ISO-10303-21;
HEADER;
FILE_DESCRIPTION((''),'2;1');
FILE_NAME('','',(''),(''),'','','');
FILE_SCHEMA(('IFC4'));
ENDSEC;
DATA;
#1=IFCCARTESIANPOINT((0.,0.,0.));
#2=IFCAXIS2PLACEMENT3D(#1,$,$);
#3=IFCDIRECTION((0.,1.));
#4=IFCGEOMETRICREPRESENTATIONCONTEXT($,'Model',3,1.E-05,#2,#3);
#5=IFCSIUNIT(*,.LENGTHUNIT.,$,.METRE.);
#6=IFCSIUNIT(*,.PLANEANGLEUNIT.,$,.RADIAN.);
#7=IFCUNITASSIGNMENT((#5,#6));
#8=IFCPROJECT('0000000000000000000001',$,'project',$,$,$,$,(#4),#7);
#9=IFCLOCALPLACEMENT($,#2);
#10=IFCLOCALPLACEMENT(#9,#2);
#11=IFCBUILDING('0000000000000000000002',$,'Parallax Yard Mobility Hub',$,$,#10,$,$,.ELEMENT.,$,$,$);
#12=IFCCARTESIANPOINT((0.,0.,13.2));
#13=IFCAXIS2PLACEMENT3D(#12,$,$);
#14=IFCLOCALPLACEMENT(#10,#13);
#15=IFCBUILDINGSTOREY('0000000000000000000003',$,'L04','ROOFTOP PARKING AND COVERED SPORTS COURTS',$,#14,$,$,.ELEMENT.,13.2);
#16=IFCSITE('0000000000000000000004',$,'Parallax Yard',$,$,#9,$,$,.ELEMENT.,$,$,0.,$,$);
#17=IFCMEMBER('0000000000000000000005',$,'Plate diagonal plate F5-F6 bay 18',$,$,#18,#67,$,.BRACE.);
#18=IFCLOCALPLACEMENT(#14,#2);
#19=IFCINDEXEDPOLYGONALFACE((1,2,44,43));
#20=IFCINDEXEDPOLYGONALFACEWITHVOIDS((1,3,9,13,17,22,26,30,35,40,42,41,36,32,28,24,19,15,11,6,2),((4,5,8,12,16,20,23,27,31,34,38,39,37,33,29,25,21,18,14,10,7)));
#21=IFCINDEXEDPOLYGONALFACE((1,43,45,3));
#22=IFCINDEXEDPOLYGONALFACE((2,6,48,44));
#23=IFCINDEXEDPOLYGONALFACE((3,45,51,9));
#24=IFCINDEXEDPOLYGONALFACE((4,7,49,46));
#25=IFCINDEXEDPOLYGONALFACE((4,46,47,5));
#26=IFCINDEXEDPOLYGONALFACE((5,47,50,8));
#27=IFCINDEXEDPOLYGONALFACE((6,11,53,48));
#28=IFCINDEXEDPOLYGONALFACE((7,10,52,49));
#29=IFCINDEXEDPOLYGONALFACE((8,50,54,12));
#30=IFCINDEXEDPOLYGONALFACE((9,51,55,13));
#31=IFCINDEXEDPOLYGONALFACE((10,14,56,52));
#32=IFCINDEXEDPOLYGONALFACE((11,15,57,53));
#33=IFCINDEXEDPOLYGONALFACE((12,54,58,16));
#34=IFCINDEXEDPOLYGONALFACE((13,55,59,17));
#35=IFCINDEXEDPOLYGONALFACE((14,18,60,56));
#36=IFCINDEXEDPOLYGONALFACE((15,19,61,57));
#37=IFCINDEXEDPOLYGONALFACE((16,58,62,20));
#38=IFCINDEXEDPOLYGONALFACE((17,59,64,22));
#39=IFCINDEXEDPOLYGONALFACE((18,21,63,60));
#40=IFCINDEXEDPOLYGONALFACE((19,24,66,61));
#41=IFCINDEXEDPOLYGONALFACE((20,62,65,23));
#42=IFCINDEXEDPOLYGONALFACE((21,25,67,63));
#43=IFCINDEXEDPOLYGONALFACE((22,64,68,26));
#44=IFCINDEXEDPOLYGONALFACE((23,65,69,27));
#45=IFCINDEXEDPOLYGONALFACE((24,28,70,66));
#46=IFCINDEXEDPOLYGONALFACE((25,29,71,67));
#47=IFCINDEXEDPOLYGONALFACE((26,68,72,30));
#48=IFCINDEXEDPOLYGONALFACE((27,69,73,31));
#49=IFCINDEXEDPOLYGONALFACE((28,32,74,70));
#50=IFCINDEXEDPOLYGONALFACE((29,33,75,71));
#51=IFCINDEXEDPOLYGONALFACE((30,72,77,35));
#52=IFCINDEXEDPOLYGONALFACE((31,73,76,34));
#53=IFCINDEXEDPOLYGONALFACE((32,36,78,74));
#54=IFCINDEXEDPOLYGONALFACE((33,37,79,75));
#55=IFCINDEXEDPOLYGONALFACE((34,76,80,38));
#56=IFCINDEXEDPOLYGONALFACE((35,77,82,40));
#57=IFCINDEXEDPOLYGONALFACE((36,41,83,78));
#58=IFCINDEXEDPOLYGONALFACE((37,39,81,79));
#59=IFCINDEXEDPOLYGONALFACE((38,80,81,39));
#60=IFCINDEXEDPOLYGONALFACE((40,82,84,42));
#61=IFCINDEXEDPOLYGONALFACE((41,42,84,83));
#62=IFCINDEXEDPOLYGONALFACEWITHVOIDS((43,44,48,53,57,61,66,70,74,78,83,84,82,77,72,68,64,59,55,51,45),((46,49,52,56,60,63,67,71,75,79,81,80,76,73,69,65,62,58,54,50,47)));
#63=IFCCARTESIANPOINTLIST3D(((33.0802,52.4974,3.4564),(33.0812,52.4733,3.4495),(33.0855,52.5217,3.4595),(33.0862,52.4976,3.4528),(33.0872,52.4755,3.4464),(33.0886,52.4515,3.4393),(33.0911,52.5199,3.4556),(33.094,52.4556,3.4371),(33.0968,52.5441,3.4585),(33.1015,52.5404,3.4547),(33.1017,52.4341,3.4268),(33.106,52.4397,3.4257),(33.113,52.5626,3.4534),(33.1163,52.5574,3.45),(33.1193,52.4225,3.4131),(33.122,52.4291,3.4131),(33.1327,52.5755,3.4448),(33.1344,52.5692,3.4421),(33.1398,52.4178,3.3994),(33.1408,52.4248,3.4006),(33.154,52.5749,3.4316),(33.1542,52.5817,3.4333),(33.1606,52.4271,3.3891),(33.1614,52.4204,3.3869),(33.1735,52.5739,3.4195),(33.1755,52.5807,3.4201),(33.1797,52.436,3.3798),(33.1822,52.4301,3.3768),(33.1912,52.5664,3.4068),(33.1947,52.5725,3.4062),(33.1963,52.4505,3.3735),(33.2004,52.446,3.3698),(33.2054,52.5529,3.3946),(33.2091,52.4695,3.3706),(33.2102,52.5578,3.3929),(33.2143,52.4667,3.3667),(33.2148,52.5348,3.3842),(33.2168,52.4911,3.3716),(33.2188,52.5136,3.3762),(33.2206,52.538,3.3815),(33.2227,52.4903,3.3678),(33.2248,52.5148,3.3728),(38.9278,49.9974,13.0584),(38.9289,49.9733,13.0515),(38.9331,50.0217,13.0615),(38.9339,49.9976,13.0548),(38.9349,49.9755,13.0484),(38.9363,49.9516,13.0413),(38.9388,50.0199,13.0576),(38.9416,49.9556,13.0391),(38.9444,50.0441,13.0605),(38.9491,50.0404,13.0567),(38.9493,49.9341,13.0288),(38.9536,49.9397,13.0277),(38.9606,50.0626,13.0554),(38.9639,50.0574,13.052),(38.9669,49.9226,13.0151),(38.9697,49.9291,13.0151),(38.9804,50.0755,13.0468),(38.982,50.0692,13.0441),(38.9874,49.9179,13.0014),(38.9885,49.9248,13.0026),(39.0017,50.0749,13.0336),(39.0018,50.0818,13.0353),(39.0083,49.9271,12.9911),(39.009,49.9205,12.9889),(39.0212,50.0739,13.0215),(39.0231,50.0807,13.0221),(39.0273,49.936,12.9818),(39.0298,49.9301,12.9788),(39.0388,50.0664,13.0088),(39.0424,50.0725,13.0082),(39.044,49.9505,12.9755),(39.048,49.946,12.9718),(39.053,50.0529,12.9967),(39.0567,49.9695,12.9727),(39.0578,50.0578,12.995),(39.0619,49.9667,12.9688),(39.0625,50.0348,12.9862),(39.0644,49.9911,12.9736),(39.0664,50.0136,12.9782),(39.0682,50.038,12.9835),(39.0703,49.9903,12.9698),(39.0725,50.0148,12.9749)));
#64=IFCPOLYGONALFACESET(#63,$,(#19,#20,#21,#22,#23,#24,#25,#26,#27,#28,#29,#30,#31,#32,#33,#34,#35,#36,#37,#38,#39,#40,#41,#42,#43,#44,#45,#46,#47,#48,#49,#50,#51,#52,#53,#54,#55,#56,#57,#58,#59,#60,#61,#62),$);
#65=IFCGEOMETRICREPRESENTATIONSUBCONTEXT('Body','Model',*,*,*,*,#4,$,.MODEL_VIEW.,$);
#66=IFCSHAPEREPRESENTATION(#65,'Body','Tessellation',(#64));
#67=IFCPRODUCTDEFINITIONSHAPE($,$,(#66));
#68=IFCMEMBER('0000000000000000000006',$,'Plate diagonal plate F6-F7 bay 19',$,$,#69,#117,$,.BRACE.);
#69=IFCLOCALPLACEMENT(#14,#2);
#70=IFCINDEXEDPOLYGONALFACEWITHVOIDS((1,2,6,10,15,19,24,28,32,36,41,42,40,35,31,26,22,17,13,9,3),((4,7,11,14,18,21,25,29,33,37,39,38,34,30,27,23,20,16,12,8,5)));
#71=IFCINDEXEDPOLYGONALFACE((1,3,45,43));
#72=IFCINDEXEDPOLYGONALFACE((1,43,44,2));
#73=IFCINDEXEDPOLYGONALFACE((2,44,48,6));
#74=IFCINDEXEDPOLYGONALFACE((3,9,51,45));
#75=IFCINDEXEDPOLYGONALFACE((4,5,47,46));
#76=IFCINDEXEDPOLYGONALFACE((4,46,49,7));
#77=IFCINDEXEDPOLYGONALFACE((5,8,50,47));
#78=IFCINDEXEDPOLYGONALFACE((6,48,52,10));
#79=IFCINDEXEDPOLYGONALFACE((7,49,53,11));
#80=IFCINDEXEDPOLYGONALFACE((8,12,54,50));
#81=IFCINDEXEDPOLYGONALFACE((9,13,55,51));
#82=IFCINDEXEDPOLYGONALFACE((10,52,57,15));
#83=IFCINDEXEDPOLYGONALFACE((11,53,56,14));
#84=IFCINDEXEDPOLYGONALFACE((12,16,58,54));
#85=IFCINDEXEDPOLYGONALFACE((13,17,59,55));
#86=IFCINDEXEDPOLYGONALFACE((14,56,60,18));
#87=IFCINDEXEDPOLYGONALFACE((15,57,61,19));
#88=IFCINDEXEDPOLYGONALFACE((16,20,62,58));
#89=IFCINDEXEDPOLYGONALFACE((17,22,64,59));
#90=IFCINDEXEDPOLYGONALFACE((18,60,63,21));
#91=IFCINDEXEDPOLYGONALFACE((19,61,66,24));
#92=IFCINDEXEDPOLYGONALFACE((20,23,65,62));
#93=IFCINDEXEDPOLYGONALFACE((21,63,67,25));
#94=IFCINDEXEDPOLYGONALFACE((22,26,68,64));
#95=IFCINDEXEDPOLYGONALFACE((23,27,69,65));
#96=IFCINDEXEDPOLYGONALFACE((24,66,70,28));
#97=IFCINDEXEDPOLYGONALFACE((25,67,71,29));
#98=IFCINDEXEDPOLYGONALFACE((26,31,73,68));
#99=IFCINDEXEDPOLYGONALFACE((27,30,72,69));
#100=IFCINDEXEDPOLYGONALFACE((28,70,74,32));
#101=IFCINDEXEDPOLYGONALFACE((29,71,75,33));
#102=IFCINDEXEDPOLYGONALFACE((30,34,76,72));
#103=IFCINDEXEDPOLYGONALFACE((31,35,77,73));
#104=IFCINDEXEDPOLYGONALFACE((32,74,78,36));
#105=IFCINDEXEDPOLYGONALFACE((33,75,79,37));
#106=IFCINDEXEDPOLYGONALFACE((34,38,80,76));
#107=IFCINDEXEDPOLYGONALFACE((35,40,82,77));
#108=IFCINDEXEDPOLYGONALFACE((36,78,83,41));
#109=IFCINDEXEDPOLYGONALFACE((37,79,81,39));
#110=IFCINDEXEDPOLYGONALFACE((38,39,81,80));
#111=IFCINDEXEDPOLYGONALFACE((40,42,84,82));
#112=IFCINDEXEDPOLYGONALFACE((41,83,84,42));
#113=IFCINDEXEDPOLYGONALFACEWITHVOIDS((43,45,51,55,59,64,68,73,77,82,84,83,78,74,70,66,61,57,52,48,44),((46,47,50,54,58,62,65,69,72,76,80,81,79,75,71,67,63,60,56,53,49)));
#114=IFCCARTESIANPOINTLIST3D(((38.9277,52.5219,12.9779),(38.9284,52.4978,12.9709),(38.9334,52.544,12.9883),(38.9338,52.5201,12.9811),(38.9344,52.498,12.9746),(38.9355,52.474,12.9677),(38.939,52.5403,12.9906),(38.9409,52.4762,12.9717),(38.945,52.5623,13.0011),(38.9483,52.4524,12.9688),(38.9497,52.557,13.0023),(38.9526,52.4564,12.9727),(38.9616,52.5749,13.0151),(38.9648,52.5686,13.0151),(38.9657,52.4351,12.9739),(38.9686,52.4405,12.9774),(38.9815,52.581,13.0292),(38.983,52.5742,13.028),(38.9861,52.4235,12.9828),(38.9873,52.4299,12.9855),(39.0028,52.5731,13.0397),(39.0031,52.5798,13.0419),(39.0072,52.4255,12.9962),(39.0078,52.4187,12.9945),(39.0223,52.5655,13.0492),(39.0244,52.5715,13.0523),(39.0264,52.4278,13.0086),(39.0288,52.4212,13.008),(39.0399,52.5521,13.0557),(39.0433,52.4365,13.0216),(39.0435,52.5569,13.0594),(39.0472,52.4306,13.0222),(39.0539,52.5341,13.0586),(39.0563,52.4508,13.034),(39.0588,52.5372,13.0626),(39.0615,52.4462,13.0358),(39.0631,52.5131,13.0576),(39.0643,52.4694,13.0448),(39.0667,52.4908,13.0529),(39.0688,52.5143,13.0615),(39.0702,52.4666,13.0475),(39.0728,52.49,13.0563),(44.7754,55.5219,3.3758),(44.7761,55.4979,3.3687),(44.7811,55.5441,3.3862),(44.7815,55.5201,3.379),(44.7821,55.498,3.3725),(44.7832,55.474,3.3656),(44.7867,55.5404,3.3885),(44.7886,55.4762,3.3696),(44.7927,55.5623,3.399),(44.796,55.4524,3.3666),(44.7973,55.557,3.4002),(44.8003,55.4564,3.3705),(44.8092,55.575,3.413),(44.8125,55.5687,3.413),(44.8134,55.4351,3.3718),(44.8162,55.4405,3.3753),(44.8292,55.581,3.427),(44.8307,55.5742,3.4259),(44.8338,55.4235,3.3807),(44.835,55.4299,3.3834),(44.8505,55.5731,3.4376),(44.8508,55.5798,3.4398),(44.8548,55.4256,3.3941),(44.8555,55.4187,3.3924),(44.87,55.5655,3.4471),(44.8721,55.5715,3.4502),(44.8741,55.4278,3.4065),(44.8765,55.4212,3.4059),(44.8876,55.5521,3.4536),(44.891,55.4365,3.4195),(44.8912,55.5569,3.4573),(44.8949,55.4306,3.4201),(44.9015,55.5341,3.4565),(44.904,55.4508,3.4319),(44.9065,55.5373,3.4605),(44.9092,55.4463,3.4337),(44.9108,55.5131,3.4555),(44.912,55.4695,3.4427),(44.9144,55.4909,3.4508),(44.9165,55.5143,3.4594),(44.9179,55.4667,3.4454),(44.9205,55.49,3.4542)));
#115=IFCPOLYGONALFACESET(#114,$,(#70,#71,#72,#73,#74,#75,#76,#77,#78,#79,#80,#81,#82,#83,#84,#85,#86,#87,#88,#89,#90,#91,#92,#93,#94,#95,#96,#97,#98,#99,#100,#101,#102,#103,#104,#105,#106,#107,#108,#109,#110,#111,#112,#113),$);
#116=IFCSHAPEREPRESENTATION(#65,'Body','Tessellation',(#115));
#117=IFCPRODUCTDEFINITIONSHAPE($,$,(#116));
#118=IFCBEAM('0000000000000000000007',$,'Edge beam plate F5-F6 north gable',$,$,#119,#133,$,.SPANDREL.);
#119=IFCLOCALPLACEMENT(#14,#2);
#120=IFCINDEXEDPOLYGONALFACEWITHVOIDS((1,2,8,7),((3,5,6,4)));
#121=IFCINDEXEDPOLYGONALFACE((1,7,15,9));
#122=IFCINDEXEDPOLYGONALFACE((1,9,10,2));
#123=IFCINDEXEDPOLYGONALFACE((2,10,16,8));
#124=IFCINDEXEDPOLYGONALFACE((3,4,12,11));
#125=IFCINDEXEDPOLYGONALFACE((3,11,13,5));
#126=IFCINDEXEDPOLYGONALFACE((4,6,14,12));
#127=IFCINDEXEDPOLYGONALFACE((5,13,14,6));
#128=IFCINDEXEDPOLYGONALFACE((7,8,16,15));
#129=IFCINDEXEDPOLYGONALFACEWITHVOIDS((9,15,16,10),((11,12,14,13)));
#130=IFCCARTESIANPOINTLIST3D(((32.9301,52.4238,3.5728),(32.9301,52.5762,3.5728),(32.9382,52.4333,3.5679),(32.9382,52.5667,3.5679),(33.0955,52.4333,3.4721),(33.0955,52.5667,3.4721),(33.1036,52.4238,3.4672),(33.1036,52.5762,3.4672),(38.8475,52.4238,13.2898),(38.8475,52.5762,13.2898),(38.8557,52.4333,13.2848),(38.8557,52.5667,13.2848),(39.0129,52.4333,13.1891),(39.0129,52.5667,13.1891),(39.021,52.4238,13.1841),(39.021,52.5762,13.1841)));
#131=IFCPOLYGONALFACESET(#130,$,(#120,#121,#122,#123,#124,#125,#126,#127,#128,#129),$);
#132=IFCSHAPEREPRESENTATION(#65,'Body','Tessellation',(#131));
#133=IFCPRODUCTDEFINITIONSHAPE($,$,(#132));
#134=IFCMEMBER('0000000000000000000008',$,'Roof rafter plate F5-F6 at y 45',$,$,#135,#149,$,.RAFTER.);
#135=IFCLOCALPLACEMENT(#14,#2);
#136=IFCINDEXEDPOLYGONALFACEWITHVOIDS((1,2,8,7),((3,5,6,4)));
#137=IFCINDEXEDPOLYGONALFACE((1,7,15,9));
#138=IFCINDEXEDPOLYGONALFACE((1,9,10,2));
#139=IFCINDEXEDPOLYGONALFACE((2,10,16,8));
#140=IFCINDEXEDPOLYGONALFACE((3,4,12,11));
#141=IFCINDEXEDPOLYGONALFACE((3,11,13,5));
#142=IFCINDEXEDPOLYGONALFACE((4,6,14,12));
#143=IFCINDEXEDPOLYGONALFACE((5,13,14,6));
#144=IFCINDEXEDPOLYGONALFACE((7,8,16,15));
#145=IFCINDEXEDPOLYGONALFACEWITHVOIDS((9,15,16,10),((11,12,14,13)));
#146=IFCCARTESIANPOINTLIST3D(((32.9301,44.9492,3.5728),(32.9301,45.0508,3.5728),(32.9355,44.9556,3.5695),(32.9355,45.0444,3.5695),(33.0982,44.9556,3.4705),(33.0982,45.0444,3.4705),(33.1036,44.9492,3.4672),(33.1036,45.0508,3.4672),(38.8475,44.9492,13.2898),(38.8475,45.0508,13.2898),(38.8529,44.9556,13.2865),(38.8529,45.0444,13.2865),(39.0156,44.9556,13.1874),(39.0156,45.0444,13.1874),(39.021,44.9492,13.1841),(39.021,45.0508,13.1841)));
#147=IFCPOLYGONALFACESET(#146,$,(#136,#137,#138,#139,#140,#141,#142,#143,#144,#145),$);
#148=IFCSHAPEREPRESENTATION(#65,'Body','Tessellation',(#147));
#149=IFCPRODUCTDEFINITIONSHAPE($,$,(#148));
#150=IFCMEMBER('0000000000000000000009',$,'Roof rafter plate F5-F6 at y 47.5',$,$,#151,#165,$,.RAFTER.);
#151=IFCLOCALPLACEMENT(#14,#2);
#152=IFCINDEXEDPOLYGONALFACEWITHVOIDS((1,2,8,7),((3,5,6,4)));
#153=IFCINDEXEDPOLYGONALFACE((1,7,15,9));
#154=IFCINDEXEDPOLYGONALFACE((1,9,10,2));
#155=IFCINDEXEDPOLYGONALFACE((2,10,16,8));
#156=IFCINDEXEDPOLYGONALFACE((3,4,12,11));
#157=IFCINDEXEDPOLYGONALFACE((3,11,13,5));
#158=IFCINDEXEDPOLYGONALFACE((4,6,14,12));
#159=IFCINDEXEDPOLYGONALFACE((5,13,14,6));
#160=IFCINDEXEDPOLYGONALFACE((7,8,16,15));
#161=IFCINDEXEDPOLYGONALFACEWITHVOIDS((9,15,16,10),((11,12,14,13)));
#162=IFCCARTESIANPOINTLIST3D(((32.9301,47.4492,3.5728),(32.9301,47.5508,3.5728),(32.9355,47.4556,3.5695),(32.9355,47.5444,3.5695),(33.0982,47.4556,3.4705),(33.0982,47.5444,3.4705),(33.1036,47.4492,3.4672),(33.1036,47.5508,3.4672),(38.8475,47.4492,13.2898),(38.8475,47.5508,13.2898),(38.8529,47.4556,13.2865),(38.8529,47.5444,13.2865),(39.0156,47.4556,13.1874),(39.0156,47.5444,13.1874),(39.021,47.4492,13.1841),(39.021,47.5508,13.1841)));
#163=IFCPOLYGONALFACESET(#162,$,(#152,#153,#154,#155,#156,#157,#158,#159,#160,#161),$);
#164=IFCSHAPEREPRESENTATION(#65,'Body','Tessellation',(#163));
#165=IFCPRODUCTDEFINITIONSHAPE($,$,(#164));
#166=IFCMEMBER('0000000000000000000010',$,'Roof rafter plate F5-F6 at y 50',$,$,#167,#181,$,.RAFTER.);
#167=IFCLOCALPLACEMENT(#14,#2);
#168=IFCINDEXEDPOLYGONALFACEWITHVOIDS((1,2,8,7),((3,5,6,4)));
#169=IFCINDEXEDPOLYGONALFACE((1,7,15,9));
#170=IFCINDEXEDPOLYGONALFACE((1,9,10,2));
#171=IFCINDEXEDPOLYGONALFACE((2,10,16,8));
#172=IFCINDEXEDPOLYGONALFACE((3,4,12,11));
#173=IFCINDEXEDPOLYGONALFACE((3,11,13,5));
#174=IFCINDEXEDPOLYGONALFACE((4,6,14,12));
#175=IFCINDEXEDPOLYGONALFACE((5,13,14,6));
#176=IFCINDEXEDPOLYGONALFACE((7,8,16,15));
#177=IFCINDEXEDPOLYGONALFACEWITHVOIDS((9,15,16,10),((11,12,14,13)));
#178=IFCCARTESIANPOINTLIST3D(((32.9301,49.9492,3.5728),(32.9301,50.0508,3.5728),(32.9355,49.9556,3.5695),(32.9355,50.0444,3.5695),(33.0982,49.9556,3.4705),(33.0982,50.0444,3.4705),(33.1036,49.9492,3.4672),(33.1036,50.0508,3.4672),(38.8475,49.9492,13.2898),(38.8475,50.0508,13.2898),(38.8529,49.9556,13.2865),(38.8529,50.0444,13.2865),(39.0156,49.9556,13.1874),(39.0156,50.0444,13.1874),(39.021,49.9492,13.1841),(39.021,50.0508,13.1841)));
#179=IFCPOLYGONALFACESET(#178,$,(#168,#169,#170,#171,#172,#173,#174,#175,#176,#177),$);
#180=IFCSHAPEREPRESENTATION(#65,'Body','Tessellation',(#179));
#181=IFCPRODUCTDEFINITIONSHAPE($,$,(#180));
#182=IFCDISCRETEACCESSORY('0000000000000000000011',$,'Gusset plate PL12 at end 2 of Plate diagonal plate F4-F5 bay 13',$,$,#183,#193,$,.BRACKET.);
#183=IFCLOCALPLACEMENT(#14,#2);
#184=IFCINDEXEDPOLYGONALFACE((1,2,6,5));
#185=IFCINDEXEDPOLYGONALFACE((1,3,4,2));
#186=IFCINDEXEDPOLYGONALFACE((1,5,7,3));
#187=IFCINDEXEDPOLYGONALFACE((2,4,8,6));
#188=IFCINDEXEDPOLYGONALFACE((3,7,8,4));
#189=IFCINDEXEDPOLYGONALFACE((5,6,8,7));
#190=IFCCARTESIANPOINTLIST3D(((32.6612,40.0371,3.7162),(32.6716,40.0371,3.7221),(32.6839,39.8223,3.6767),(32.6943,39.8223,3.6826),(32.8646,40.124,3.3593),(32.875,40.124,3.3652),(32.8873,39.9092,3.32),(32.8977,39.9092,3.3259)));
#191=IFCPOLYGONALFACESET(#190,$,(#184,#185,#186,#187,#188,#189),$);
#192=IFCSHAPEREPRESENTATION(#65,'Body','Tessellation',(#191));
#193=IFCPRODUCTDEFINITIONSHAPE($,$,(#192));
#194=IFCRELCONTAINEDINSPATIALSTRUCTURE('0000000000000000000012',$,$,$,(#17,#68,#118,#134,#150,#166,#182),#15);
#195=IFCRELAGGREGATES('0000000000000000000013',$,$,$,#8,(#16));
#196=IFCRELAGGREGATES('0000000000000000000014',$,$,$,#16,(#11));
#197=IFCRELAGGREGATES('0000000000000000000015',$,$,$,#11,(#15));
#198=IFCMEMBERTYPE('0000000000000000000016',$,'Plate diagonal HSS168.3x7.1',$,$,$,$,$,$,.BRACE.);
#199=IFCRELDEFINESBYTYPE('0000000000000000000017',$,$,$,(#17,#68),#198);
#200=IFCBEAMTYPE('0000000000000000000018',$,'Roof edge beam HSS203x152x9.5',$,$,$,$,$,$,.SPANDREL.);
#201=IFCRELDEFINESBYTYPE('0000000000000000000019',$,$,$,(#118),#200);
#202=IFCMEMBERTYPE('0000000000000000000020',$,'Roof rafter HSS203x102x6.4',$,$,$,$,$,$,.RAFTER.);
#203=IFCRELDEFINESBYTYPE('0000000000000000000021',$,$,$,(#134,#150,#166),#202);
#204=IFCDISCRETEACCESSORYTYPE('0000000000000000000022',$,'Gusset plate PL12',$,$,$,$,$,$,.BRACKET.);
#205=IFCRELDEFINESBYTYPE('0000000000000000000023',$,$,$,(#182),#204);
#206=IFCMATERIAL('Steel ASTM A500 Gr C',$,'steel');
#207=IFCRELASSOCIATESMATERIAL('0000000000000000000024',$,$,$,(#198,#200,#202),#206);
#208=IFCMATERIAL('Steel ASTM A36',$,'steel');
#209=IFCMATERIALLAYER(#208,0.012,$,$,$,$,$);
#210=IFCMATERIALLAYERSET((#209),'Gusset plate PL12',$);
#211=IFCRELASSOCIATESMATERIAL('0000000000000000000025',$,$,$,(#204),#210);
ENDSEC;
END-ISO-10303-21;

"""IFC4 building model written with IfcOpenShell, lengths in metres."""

from ifc_helpers import new_model, si_unit, direction, frame, origin, origin_2d, place, context, subcontext, project, spatial, polyline, hollow_rectangle, hollow_circle, outline, extrude, material, layer, layer_set, material_profile, profile_set, type_object, element, save


model = new_model("IFC4")

# Units and contexts
model_context = context("Model", 3, precision=1e-05, world=origin(), true_north=direction((0.0, 1.0)))
body_context = subcontext(model_context, "Body", "Model", "MODEL_VIEW")
ifc_project = project(units=[si_unit("LENGTHUNIT", "METRE"), si_unit("PLANEANGLEUNIT", "RADIAN")], contexts=[model_context])

# Site, building, storey
site_placement = place(None, origin())
site = spatial("IfcSite", under=ifc_project, at=site_placement, Name="Parallax Yard", CompositionType="ELEMENT", RefElevation=0.0)
building_placement = place(site_placement, origin())
building = spatial("IfcBuilding", under=site, at=building_placement, Name="Parallax Yard Mobility Hub", CompositionType="ELEMENT")
storey_placement = place(building_placement, frame((0.0, 0.0, 13.2)))
storey = spatial("IfcBuildingStorey", under=building, at=storey_placement, Name="L04", Description="ROOFTOP PARKING AND COVERED SPORTS COURTS", CompositionType="ELEMENT", Elevation=13.2)

# Members
ifc_material_1 = material(Name="Steel ASTM A500 Gr C", Category="steel")
ifc_material_profile_1 = material_profile(ifc_material_1, hollow_circle(Radius=0.0842, WallThickness=0.0071, at=origin_2d()), Name="HSS168.3x7.1")
ifc_profile_set_1 = profile_set([ifc_material_profile_1], Name="Steel ASTM A500 Gr C")
member_type_1 = type_object("IfcMemberType", Name="Plate diagonal HSS168.3x7.1", PredefinedType="BRACE", material=ifc_profile_set_1)
for number, where, z_axis, x_axis, name in (
    (1, (39.0, 50.0, 13.0151), (-0.507735, 0.217068, -0.833718), (-0.393104, -0.919494, 0.0), "Plate diagonal plate F5-F6 bay 18"),
):
    element("IfcMember", number, at=place(storey_placement, frame(where, z_axis=z_axis, x_axis=x_axis)), inside=storey, type_object=member_type_1, Name=name, PredefinedType="BRACE", context=body_context, shape_type="SweptSolid", body=[
        extrude(hollow_circle(Radius=0.0842, WallThickness=0.0071, at=origin_2d()), origin(), (0.0, 0.0, 1.0), 11.5171),
    ])
member_placement = place(storey_placement, frame((39.0, 52.5, 13.0151), z_axis=(0.502552, 0.257822, -0.825208), x_axis=(-0.456461, 0.889743, 0.0)))
element("IfcMember", 2, at=member_placement, inside=storey, type_object=member_type_1, Name="Plate diagonal plate F6-F7 bay 19", PredefinedType="BRACE", context=body_context, shape_type="SweptSolid", body=[
    extrude(hollow_circle(Radius=0.0842, WallThickness=0.0071, at=origin_2d()), origin(), (0.0, 0.0, 1.0), 11.636),
])

# Beam
ifc_material_profile_2 = material_profile(ifc_material_1, hollow_rectangle(XDim=0.1523, YDim=0.2031, WallThickness=0.0095, at=origin_2d()), Name="HSS203x152x9.5")
ifc_profile_set_2 = profile_set([ifc_material_profile_2], Name="Steel ASTM A500 Gr C")
beam_type = type_object("IfcBeamType", Name="Roof edge beam HSS203x152x9.5", PredefinedType="SPANDREL", material=ifc_profile_set_2)
beam_placement = place(storey_placement, frame((33.0168, 52.5, 3.52), z_axis=(0.520124, 0.0, 0.854091), x_axis=(0.0, 1.0, 0.0)))
element("IfcBeam", 3, at=beam_placement, inside=storey, type_object=beam_type, Name="Edge beam plate F5-F6 north gable", PredefinedType="SPANDREL", context=body_context, shape_type="SweptSolid", body=[
    extrude(hollow_rectangle(XDim=0.1523, YDim=0.2031, WallThickness=0.0095, at=origin_2d()), origin(), (0.0, 0.0, 1.0), 11.377),
])

# Members
ifc_material_profile_3 = material_profile(ifc_material_1, hollow_rectangle(XDim=0.1016, YDim=0.2031, WallThickness=0.0063, at=origin_2d()), Name="HSS203x102x6.4")
ifc_profile_set_3 = profile_set([ifc_material_profile_3], Name="Steel ASTM A500 Gr C")
member_type_2 = type_object("IfcMemberType", Name="Roof rafter HSS203x102x6.4", PredefinedType="RAFTER", material=ifc_profile_set_3)
for number, where, z_axis, x_axis, name in (
    (4, (33.0168, 45.0, 3.52), (0.520124, 0.0, 0.854091), (0.0, 1.0, 0.0), "Roof rafter plate F5-F6 at y 45"),
    (5, (33.0168, 47.5, 3.52), (0.520124, 0.0, 0.854091), (0.0, 1.0, 0.0), "Roof rafter plate F5-F6 at y 47.5"),
    (6, (33.0168, 50.0, 3.52), (0.520124, 0.0, 0.854091), (0.0, 1.0, 0.0), "Roof rafter plate F5-F6 at y 50"),
):
    element("IfcMember", number, at=place(storey_placement, frame(where, z_axis=z_axis, x_axis=x_axis)), inside=storey, type_object=member_type_2, Name=name, PredefinedType="RAFTER", context=body_context, shape_type="SweptSolid", body=[
        extrude(hollow_rectangle(XDim=0.1016, YDim=0.2031, WallThickness=0.0063, at=origin_2d()), origin(), (0.0, 0.0, 1.0), 11.377),
    ])

# Discrete accessory
ifc_material_2 = material(Name="Steel ASTM A36", Category="steel")
ifc_layer = layer(ifc_material_2, 0.012)
ifc_layer_set = layer_set([ifc_layer], Name="Gusset plate PL12")
discrete_accessory_type = type_object("IfcDiscreteAccessoryType", Name="Gusset plate PL12", PredefinedType="BRACKET", material=ifc_layer_set)
discrete_accessory_1_placement = place(storey_placement, frame((32.6943, 39.8223, 3.6826), z_axis=(0.868697, 0.000899, 0.495343), x_axis=(0.484444, 0.207091, -0.849958)))
element("IfcDiscreteAccessory", 7, at=discrete_accessory_1_placement, inside=storey, type_object=discrete_accessory_type, Name="Gusset plate PL12 at end 2 of Plate diagonal plate F4-F5 bay 13", PredefinedType="BRACKET", context=body_context, shape_type="SweptSolid", body=[
    extrude(outline(polyline([(0.0, 0.0), (0.4197, 0.0), (0.4198, 0.2196), (-0.0001, 0.2196), (0.0, 0.0)])), origin(), (0.0, 0.0, -1.0), 0.012),
])

save(model, "model.ifc")
